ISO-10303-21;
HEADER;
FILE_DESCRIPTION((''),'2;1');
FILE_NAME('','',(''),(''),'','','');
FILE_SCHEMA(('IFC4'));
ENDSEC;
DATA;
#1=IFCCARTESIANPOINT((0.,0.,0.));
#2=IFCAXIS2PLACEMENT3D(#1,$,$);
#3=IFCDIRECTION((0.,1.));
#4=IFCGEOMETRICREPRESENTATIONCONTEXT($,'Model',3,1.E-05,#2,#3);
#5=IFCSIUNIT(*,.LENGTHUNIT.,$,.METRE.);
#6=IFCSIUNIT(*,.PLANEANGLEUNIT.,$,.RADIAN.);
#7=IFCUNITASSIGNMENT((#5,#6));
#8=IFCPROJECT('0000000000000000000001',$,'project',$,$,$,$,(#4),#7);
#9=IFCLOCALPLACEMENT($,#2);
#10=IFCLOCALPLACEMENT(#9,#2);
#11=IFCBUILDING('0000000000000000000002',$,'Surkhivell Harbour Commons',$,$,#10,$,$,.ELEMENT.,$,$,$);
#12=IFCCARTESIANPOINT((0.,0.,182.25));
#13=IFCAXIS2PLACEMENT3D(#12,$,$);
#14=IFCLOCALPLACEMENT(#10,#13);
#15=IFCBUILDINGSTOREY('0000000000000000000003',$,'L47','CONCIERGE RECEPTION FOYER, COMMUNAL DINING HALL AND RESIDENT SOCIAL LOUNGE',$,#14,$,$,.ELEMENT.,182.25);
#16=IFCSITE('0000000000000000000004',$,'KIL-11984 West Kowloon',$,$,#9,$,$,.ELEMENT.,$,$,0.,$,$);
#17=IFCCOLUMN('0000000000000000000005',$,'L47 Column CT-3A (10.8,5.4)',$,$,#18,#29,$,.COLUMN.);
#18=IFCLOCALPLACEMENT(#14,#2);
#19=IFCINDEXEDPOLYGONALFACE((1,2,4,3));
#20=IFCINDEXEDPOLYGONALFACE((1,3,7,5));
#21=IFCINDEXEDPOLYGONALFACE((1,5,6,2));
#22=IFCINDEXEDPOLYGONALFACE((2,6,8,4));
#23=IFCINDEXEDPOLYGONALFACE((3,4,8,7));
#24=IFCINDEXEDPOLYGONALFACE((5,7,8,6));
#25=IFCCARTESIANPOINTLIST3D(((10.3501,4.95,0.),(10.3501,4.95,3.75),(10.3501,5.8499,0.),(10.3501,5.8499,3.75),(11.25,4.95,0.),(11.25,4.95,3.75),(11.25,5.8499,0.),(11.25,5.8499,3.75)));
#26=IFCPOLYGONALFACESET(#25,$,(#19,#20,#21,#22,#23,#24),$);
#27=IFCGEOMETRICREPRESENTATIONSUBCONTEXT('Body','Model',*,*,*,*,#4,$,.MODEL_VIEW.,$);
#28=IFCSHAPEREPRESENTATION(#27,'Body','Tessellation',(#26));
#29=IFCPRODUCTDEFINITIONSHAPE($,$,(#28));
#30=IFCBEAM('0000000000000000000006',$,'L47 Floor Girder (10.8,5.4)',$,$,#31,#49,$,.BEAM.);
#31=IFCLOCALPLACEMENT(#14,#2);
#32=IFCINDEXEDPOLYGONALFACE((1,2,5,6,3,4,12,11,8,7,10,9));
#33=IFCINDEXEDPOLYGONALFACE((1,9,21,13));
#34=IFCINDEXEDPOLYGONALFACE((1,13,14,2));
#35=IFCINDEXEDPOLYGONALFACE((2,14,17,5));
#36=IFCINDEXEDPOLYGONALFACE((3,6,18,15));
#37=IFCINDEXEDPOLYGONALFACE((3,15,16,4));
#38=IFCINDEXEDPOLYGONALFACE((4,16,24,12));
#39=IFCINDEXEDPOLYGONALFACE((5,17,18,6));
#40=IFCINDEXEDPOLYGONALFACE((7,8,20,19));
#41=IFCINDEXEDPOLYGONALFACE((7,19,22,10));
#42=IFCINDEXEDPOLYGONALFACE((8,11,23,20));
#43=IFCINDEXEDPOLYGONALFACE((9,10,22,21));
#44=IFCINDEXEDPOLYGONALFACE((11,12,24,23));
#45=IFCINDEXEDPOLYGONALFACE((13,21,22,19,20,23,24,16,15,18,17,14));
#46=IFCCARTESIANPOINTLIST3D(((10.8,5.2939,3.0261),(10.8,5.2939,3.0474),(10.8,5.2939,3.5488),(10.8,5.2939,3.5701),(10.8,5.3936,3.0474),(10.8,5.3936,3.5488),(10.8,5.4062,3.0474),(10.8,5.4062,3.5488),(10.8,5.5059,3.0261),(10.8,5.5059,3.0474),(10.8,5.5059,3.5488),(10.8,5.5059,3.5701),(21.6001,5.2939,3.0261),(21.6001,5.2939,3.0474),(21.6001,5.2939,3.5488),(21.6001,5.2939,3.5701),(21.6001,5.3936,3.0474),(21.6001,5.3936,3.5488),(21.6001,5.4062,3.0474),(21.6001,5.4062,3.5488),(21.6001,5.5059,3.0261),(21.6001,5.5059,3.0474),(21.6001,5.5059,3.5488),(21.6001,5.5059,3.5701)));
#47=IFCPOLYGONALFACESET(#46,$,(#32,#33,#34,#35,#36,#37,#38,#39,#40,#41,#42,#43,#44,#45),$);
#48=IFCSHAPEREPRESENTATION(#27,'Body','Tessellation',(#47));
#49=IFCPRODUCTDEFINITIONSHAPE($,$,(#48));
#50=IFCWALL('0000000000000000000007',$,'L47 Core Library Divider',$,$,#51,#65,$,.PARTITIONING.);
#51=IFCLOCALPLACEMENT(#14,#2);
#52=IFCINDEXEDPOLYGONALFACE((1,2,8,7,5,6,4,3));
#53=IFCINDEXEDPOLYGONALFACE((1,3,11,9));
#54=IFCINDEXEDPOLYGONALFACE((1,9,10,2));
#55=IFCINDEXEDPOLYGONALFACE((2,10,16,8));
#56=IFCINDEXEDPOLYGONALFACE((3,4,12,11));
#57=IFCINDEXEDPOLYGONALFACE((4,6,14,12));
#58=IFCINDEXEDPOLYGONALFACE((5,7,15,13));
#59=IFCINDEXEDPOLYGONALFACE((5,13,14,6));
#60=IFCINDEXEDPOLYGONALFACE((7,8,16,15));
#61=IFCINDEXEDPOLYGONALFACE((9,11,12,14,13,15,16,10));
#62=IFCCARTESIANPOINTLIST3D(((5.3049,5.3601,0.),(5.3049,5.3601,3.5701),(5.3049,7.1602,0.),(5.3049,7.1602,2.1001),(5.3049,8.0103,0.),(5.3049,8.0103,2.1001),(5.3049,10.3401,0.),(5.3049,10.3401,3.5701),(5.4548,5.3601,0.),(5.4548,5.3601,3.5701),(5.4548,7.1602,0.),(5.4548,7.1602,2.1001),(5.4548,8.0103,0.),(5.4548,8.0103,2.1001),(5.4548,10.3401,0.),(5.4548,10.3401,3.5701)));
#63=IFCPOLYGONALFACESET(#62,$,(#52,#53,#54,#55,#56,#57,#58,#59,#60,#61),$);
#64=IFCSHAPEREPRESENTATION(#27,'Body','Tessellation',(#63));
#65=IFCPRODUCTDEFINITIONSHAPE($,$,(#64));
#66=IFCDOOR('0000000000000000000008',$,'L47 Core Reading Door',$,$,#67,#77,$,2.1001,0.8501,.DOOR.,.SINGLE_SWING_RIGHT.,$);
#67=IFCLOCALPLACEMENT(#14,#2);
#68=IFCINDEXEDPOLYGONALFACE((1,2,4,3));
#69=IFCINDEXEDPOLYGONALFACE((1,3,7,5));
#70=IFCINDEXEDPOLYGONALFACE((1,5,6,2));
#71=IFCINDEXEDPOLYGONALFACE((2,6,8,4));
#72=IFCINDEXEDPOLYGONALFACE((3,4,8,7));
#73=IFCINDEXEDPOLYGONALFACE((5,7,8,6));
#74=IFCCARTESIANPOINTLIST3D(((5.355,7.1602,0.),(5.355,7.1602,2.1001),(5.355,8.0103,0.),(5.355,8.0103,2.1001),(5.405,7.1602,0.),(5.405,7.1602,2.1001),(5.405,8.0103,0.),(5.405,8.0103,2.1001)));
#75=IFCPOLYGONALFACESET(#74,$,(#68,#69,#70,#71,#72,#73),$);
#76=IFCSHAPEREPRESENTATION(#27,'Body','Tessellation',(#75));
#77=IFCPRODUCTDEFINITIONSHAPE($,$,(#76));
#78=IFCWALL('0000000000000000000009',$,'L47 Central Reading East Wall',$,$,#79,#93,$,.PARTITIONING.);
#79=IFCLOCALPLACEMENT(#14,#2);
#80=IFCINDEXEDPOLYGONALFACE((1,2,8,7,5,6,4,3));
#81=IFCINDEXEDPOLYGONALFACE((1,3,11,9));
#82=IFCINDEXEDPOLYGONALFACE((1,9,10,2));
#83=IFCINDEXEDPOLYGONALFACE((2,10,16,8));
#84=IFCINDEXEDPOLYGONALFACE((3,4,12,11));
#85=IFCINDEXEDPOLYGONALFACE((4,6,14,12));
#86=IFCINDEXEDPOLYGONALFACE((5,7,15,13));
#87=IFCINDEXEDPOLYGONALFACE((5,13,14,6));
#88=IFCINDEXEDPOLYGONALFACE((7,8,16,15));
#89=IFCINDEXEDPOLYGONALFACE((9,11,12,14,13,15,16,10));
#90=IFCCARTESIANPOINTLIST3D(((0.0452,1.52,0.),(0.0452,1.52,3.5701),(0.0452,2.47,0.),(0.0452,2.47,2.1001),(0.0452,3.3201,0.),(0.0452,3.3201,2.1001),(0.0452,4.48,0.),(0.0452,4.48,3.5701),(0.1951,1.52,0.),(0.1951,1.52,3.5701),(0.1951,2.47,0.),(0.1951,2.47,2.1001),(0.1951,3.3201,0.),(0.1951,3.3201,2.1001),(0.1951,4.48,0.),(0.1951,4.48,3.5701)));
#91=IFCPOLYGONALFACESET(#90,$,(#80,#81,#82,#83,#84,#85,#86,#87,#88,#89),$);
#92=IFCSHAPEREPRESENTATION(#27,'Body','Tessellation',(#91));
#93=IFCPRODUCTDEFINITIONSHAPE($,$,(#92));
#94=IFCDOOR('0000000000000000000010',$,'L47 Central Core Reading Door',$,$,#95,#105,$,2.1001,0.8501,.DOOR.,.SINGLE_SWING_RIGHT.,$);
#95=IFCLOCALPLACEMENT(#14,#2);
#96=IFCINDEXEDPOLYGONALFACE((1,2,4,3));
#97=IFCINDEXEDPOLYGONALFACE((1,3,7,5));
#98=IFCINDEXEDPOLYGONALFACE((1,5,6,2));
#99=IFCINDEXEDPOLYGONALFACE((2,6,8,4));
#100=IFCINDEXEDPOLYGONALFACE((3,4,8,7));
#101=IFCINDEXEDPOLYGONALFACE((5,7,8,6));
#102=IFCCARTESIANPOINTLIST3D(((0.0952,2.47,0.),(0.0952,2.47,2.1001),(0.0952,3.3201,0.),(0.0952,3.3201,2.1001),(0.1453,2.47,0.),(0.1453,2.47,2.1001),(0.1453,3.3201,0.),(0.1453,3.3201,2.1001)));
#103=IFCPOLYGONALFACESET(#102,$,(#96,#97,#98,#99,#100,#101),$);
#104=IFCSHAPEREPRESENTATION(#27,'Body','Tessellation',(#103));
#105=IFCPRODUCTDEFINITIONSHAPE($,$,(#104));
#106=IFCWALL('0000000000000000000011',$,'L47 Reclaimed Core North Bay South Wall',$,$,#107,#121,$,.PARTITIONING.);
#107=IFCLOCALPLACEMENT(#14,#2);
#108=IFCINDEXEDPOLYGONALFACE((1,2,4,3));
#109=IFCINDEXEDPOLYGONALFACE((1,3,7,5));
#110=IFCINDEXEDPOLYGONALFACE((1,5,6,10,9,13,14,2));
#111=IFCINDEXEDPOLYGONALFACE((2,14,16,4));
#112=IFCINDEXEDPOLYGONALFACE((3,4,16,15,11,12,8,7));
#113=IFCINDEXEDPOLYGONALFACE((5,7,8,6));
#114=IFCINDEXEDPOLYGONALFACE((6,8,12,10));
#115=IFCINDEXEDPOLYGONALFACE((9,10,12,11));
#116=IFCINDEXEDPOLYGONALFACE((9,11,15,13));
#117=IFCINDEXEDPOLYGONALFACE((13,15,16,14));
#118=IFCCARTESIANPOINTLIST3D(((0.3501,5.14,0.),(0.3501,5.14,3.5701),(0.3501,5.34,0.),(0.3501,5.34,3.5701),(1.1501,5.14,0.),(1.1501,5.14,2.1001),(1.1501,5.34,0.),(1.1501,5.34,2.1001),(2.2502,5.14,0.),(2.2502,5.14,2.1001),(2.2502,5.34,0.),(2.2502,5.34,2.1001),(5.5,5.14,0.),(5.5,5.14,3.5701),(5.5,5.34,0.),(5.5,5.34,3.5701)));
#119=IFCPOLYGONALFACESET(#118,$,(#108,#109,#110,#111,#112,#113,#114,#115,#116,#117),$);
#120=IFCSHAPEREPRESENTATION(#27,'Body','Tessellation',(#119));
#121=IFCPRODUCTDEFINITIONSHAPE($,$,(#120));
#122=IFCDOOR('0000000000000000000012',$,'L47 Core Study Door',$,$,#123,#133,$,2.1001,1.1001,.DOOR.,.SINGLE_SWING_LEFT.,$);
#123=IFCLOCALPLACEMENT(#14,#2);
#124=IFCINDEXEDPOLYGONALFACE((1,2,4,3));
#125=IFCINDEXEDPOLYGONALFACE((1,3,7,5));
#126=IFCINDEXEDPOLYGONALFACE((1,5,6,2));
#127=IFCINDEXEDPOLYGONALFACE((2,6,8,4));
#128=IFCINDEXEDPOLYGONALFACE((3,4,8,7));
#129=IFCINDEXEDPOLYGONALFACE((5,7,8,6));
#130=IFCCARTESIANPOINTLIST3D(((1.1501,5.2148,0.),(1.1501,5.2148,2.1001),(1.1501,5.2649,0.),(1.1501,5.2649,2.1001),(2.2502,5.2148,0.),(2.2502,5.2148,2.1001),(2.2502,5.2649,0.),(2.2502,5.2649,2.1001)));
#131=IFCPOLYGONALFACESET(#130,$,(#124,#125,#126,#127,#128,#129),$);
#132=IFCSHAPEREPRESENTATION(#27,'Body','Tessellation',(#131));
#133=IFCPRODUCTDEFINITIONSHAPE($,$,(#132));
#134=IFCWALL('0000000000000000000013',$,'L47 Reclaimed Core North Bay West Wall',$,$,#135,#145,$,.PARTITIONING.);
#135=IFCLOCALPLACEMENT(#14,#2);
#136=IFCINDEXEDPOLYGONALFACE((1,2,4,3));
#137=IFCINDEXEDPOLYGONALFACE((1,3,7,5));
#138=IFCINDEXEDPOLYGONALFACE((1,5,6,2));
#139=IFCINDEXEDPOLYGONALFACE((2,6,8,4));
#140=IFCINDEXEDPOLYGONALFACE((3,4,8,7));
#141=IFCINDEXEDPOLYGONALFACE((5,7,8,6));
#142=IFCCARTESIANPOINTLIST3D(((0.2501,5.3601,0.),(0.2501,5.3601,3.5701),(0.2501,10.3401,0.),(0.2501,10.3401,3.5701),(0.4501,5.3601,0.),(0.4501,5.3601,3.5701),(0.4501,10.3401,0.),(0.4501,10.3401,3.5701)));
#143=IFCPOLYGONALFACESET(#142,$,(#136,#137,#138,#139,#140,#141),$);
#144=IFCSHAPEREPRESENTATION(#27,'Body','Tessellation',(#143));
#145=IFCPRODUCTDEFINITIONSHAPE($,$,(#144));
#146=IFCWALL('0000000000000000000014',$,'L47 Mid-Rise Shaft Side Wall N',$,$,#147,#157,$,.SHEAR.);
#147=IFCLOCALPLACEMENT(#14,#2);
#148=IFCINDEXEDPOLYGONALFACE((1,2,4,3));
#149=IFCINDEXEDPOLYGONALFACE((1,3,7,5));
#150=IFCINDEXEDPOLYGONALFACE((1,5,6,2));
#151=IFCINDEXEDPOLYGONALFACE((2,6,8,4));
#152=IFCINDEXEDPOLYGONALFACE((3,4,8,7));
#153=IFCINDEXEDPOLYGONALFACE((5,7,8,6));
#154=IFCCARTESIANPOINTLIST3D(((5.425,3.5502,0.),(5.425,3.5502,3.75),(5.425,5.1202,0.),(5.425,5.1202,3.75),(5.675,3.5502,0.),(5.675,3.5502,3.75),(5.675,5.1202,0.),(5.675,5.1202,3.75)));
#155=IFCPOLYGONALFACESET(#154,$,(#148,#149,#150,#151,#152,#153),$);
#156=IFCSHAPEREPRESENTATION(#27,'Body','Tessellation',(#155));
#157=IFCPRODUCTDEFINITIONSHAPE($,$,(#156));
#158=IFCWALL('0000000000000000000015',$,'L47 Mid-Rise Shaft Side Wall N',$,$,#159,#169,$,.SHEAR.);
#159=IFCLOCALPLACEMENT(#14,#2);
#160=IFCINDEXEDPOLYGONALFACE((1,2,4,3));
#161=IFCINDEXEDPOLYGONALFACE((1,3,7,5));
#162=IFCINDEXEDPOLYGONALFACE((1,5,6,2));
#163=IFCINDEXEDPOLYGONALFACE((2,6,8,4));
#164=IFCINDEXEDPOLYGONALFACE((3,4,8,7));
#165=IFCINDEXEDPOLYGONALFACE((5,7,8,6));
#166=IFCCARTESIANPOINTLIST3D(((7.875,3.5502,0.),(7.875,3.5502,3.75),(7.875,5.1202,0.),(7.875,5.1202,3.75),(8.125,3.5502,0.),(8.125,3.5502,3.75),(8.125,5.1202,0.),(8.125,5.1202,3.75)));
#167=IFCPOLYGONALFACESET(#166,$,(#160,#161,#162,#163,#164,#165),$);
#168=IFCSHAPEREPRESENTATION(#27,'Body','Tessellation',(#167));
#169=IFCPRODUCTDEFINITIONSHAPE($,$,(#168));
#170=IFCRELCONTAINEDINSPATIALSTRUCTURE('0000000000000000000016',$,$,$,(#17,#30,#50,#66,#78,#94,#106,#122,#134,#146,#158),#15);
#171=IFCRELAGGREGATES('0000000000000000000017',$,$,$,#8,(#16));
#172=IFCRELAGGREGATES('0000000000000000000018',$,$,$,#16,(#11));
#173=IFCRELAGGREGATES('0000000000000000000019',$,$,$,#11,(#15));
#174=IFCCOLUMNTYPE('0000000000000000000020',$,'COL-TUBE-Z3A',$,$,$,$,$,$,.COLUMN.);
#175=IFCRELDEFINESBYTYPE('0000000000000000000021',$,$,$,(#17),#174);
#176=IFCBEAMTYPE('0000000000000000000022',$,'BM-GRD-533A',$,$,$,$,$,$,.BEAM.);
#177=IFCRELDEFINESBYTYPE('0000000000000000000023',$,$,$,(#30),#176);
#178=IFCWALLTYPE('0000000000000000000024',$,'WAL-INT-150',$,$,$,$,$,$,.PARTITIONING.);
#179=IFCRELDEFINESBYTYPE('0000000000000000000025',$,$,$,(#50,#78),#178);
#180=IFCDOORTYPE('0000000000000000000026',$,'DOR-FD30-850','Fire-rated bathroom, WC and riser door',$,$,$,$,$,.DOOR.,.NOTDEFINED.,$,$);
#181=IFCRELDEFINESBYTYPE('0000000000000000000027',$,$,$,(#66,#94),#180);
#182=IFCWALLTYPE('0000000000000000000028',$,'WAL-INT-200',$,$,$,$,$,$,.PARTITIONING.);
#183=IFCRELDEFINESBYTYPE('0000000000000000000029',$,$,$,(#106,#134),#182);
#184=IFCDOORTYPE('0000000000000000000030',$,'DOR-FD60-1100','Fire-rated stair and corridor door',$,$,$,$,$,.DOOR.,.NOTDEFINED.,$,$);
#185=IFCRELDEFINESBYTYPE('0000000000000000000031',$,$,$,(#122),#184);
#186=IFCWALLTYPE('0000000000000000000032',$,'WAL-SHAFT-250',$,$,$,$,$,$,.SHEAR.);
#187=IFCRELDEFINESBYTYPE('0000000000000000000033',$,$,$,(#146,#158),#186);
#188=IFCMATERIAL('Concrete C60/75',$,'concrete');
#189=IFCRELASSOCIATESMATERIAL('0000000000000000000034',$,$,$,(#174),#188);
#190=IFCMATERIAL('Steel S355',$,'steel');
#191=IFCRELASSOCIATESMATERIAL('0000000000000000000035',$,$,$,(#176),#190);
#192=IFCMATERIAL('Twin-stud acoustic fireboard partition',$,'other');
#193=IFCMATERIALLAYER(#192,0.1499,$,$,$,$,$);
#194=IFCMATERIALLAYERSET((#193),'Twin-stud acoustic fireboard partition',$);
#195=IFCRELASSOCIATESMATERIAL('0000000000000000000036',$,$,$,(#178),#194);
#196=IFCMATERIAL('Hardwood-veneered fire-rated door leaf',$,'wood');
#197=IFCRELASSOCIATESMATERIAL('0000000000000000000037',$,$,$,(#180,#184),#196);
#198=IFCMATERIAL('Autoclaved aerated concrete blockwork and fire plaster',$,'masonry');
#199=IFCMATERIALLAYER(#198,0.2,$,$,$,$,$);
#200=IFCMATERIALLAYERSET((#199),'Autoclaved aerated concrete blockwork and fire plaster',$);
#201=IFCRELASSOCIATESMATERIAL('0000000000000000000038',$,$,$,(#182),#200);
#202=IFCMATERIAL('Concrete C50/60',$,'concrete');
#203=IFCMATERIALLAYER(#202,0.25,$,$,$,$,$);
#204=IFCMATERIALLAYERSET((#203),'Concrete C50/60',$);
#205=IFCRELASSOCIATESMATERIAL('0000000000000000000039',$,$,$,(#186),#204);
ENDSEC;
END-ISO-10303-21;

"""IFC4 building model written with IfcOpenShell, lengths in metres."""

from ifc_helpers import new_model, si_unit, direction, frame, frame_2d, origin, origin_2d, place, context, subcontext, project, spatial, rectangle, i_section, extrude, material, layer, layer_set, material_profile, profile_set, type_object, element, fill, save


model = new_model("IFC4")

# Units and contexts
model_context = context("Model", 3, precision=1e-05, world=origin(), true_north=direction((0.0, 1.0)))
body_context = subcontext(model_context, "Body", "Model", "MODEL_VIEW")
ifc_project = project(units=[si_unit("LENGTHUNIT", "METRE"), si_unit("PLANEANGLEUNIT", "RADIAN")], contexts=[model_context])

# Site, building, storey
site_placement = place(None, origin())
site = spatial("IfcSite", under=ifc_project, at=site_placement, Name="KIL-11984 West Kowloon", CompositionType="ELEMENT", RefElevation=0.0)
building_placement = place(site_placement, origin())
building = spatial("IfcBuilding", under=site, at=building_placement, Name="Surkhivell Harbour Commons", CompositionType="ELEMENT")
storey_placement = place(building_placement, frame((0.0, 0.0, 182.25)))
storey = spatial("IfcBuildingStorey", under=building, at=storey_placement, Name="L47", Description="CONCIERGE RECEPTION FOYER, COMMUNAL DINING HALL AND RESIDENT SOCIAL LOUNGE", CompositionType="ELEMENT", Elevation=182.25)

# Column
ifc_material_1 = material(Name="Concrete C60/75", Category="concrete")
ifc_material_profile_1 = material_profile(ifc_material_1, rectangle(XDim=0.8999, YDim=0.8999, at=origin_2d()), Name="RC-COL-900x900")
ifc_profile_set_1 = profile_set([ifc_material_profile_1], Name="Concrete C60/75")
column_type = type_object("IfcColumnType", Name="COL-TUBE-Z3A", PredefinedType="COLUMN", material=ifc_profile_set_1)
column_placement = place(storey_placement, frame((10.8, 5.3999, 0.0), z_axis=(0.0, 0.0, 1.0), x_axis=(1.0, 0.0, 0.0)))
element("IfcColumn", 1, at=column_placement, inside=storey, type_object=column_type, Name="L47 Column CT-3A (10.8,5.4)", PredefinedType="COLUMN", context=body_context, shape_type="SweptSolid", body=[
    extrude(rectangle(XDim=0.8999, YDim=0.8999, at=origin_2d()), origin(), (0.0, 0.0, 1.0), 3.75),
])

# Beam
ifc_material_2 = material(Name="Steel S355", Category="steel")
ifc_material_profile_2 = material_profile(ifc_material_2, i_section(OverallWidth=0.2119, OverallDepth=0.5439, WebThickness=0.0127, FlangeThickness=0.0212, at=origin_2d()), Name="UB533x210x122")
ifc_profile_set_2 = profile_set([ifc_material_profile_2], Name="Steel S355")
beam_type = type_object("IfcBeamType", Name="BM-GRD-533A", PredefinedType="BEAM", material=ifc_profile_set_2)
beam_placement = place(storey_placement, frame((10.8, 5.3999, 3.2981), z_axis=(1.0, 0.0, 0.0), x_axis=(0.0, 1.0, 0.0)))
element("IfcBeam", 2, at=beam_placement, inside=storey, type_object=beam_type, Name="L47 Floor Girder (10.8,5.4)", PredefinedType="BEAM", context=body_context, shape_type="SweptSolid", body=[
    extrude(i_section(OverallWidth=0.2119, OverallDepth=0.5439, WebThickness=0.0127, FlangeThickness=0.0212, at=origin_2d()), origin(), (0.0, 0.0, 1.0), 10.8),
])

# Walls, openings, doors
ifc_material_3 = material(Name="Twin-stud acoustic fireboard partition", Category="other")
ifc_layer_1 = layer(ifc_material_3, 0.1499)
ifc_layer_set_1 = layer_set([ifc_layer_1], Name="Twin-stud acoustic fireboard partition")
wall_type_1 = type_object("IfcWallType", Name="WAL-INT-150", PredefinedType="PARTITIONING", material=ifc_layer_set_1)
wall_1_placement = place(storey_placement, frame((5.3799, 5.3601, 0.0), z_axis=(0.0, 0.0, 1.0), x_axis=(0.0, 1.0, 0.0)))
wall_1 = element("IfcWall", 3, at=wall_1_placement, inside=storey, type_object=wall_type_1, Name="L47 Core Library Divider", PredefinedType="PARTITIONING", context=body_context, shape_type="SweptSolid", body=[
    extrude(rectangle(XDim=4.98, YDim=0.1499, at=frame_2d((2.49, 0.0))), origin(), (0.0, 0.0, 1.0), 3.5701),
])
opening_1_placement = place(wall_1_placement, frame((1.8, 0.0, 0.0)))
opening_1 = element("IfcOpeningElement", 4, at=opening_1_placement, cuts=wall_1, PredefinedType="OPENING", context=body_context, shape_type="SweptSolid", body=[
    extrude(rectangle(XDim=0.8501, YDim=2.1001, at=frame_2d((0.425, 1.05))), frame((0.0, 0.085, 0.0), z_axis=(0.0, -1.0, 0.0), x_axis=(1.0, 0.0, 0.0)), (0.0, 0.0, 1.0), 0.1699),
])
ifc_material_4 = material(Name="Hardwood-veneered fire-rated door leaf", Category="wood")
door_type_1 = type_object("IfcDoorType", Name="DOR-FD30-850", Description="Fire-rated bathroom, WC and riser door", OperationType="NOTDEFINED", PredefinedType="DOOR", material=ifc_material_4)
door_1_placement = place(opening_1_placement, origin())
door_1 = element("IfcDoor", 5, at=door_1_placement, inside=storey, type_object=door_type_1, Name="L47 Core Reading Door", OperationType="SINGLE_SWING_RIGHT", OverallHeight=2.1001, OverallWidth=0.8501, PredefinedType="DOOR", context=body_context, shape_type="SweptSolid", body=[
    extrude(rectangle(XDim=0.8501, YDim=2.1001, at=frame_2d((0.425, 1.05))), frame((0.0, 0.0249, 0.0), z_axis=(0.0, -1.0, 0.0), x_axis=(1.0, 0.0, 0.0)), (0.0, 0.0, 1.0), 0.05),
])
fill(opening_1, door_1)
wall_2_placement = place(storey_placement, frame((0.1201, 1.52, 0.0), z_axis=(0.0, 0.0, 1.0), x_axis=(0.0, 1.0, 0.0)))
wall_2 = element("IfcWall", 6, at=wall_2_placement, inside=storey, type_object=wall_type_1, Name="L47 Central Reading East Wall", PredefinedType="PARTITIONING", context=body_context, shape_type="SweptSolid", body=[
    extrude(rectangle(XDim=2.96, YDim=0.1499, at=frame_2d((1.48, 0.0))), origin(), (0.0, 0.0, 1.0), 3.5701),
])
opening_2_placement = place(wall_2_placement, frame((0.95, 0.0, 0.0)))
opening_2 = element("IfcOpeningElement", 7, at=opening_2_placement, cuts=wall_2, PredefinedType="OPENING", context=body_context, shape_type="SweptSolid", body=[
    extrude(rectangle(XDim=0.8501, YDim=2.1001, at=frame_2d((0.425, 1.05))), frame((0.0, 0.085, 0.0), z_axis=(0.0, -1.0, 0.0), x_axis=(1.0, 0.0, 0.0)), (0.0, 0.0, 1.0), 0.1699),
])
door_2_placement = place(opening_2_placement, origin())
door_2 = element("IfcDoor", 8, at=door_2_placement, inside=storey, type_object=door_type_1, Name="L47 Central Core Reading Door", OperationType="SINGLE_SWING_RIGHT", OverallHeight=2.1001, OverallWidth=0.8501, PredefinedType="DOOR", context=body_context, shape_type="SweptSolid", body=[
    extrude(rectangle(XDim=0.8501, YDim=2.1001, at=frame_2d((0.425, 1.05))), frame((0.0, 0.0249, 0.0), z_axis=(0.0, -1.0, 0.0), x_axis=(1.0, 0.0, 0.0)), (0.0, 0.0, 1.0), 0.05),
])
fill(opening_2, door_2)
ifc_material_5 = material(Name="Autoclaved aerated concrete blockwork and fire plaster", Category="masonry")
ifc_layer_2 = layer(ifc_material_5, 0.2)
ifc_layer_set_2 = layer_set([ifc_layer_2], Name="Autoclaved aerated concrete blockwork and fire plaster")
wall_type_2 = type_object("IfcWallType", Name="WAL-INT-200", PredefinedType="PARTITIONING", material=ifc_layer_set_2)
wall_3_placement = place(storey_placement, frame((0.3501, 5.24, 0.0), z_axis=(0.0, 0.0, 1.0), x_axis=(1.0, 0.0, 0.0)))
wall_3 = element("IfcWall", 9, at=wall_3_placement, inside=storey, type_object=wall_type_2, Name="L47 Reclaimed Core North Bay South Wall", PredefinedType="PARTITIONING", context=body_context, shape_type="SweptSolid", body=[
    extrude(rectangle(XDim=5.1499, YDim=0.2, at=frame_2d((2.575, 0.0))), origin(), (0.0, 0.0, 1.0), 3.5701),
])
opening_3_placement = place(wall_3_placement, frame((0.8, 0.0, 0.0)))
opening_3 = element("IfcOpeningElement", 10, at=opening_3_placement, cuts=wall_3, PredefinedType="OPENING", context=body_context, shape_type="SweptSolid", body=[
    extrude(rectangle(XDim=1.1001, YDim=2.1001, at=frame_2d((0.55, 1.05))), frame((0.0, 0.1099, 0.0), z_axis=(0.0, -1.0, 0.0), x_axis=(1.0, 0.0, 0.0)), (0.0, 0.0, 1.0), 0.22),
])
door_type_2 = type_object("IfcDoorType", Name="DOR-FD60-1100", Description="Fire-rated stair and corridor door", OperationType="NOTDEFINED", PredefinedType="DOOR", material=ifc_material_4)
door_3_placement = place(opening_3_placement, origin())
door_3 = element("IfcDoor", 11, at=door_3_placement, inside=storey, type_object=door_type_2, Name="L47 Core Study Door", OperationType="SINGLE_SWING_LEFT", OverallHeight=2.1001, OverallWidth=1.1001, PredefinedType="DOOR", context=body_context, shape_type="SweptSolid", body=[
    extrude(rectangle(XDim=1.1001, YDim=2.1001, at=frame_2d((0.55, 1.05))), frame((0.0, 0.0249, 0.0), z_axis=(0.0, -1.0, 0.0), x_axis=(1.0, 0.0, 0.0)), (0.0, 0.0, 1.0), 0.05),
])
fill(opening_3, door_3)

# Walls
wall_4_placement = place(storey_placement, frame((0.3501, 5.3601, 0.0), z_axis=(0.0, 0.0, 1.0), x_axis=(0.0, 1.0, 0.0)))
element("IfcWall", 12, at=wall_4_placement, inside=storey, type_object=wall_type_2, Name="L47 Reclaimed Core North Bay West Wall", PredefinedType="PARTITIONING", context=body_context, shape_type="SweptSolid", body=[
    extrude(rectangle(XDim=4.98, YDim=0.2, at=frame_2d((2.49, 0.0))), origin(), (0.0, 0.0, 1.0), 3.5701),
])
ifc_material_6 = material(Name="Concrete C50/60", Category="concrete")
ifc_layer_3 = layer(ifc_material_6, 0.25)
ifc_layer_set_3 = layer_set([ifc_layer_3], Name="Concrete C50/60")
wall_type_3 = type_object("IfcWallType", Name="WAL-SHAFT-250", PredefinedType="SHEAR", material=ifc_layer_set_3)
for number, where, z_axis, x_axis, name in (
    (13, (5.55, 3.55, 0.0), (0.0, 0.0, 1.0), (0.0, 1.0, 0.0), "L47 Mid-Rise Shaft Side Wall N"),
    (14, (8.0, 3.55, 0.0), (0.0, 0.0, 1.0), (0.0, 1.0, 0.0), "L47 Mid-Rise Shaft Side Wall N"),
):
    element("IfcWall", number, at=place(storey_placement, frame(where, z_axis=z_axis, x_axis=x_axis)), inside=storey, type_object=wall_type_3, Name=name, PredefinedType="SHEAR", context=body_context, shape_type="SweptSolid", body=[
        extrude(rectangle(XDim=1.5701, YDim=0.25, at=frame_2d((0.7852, 0.0))), origin(), (0.0, 0.0, 1.0), 3.75),
    ])

save(model, "model.ifc")
